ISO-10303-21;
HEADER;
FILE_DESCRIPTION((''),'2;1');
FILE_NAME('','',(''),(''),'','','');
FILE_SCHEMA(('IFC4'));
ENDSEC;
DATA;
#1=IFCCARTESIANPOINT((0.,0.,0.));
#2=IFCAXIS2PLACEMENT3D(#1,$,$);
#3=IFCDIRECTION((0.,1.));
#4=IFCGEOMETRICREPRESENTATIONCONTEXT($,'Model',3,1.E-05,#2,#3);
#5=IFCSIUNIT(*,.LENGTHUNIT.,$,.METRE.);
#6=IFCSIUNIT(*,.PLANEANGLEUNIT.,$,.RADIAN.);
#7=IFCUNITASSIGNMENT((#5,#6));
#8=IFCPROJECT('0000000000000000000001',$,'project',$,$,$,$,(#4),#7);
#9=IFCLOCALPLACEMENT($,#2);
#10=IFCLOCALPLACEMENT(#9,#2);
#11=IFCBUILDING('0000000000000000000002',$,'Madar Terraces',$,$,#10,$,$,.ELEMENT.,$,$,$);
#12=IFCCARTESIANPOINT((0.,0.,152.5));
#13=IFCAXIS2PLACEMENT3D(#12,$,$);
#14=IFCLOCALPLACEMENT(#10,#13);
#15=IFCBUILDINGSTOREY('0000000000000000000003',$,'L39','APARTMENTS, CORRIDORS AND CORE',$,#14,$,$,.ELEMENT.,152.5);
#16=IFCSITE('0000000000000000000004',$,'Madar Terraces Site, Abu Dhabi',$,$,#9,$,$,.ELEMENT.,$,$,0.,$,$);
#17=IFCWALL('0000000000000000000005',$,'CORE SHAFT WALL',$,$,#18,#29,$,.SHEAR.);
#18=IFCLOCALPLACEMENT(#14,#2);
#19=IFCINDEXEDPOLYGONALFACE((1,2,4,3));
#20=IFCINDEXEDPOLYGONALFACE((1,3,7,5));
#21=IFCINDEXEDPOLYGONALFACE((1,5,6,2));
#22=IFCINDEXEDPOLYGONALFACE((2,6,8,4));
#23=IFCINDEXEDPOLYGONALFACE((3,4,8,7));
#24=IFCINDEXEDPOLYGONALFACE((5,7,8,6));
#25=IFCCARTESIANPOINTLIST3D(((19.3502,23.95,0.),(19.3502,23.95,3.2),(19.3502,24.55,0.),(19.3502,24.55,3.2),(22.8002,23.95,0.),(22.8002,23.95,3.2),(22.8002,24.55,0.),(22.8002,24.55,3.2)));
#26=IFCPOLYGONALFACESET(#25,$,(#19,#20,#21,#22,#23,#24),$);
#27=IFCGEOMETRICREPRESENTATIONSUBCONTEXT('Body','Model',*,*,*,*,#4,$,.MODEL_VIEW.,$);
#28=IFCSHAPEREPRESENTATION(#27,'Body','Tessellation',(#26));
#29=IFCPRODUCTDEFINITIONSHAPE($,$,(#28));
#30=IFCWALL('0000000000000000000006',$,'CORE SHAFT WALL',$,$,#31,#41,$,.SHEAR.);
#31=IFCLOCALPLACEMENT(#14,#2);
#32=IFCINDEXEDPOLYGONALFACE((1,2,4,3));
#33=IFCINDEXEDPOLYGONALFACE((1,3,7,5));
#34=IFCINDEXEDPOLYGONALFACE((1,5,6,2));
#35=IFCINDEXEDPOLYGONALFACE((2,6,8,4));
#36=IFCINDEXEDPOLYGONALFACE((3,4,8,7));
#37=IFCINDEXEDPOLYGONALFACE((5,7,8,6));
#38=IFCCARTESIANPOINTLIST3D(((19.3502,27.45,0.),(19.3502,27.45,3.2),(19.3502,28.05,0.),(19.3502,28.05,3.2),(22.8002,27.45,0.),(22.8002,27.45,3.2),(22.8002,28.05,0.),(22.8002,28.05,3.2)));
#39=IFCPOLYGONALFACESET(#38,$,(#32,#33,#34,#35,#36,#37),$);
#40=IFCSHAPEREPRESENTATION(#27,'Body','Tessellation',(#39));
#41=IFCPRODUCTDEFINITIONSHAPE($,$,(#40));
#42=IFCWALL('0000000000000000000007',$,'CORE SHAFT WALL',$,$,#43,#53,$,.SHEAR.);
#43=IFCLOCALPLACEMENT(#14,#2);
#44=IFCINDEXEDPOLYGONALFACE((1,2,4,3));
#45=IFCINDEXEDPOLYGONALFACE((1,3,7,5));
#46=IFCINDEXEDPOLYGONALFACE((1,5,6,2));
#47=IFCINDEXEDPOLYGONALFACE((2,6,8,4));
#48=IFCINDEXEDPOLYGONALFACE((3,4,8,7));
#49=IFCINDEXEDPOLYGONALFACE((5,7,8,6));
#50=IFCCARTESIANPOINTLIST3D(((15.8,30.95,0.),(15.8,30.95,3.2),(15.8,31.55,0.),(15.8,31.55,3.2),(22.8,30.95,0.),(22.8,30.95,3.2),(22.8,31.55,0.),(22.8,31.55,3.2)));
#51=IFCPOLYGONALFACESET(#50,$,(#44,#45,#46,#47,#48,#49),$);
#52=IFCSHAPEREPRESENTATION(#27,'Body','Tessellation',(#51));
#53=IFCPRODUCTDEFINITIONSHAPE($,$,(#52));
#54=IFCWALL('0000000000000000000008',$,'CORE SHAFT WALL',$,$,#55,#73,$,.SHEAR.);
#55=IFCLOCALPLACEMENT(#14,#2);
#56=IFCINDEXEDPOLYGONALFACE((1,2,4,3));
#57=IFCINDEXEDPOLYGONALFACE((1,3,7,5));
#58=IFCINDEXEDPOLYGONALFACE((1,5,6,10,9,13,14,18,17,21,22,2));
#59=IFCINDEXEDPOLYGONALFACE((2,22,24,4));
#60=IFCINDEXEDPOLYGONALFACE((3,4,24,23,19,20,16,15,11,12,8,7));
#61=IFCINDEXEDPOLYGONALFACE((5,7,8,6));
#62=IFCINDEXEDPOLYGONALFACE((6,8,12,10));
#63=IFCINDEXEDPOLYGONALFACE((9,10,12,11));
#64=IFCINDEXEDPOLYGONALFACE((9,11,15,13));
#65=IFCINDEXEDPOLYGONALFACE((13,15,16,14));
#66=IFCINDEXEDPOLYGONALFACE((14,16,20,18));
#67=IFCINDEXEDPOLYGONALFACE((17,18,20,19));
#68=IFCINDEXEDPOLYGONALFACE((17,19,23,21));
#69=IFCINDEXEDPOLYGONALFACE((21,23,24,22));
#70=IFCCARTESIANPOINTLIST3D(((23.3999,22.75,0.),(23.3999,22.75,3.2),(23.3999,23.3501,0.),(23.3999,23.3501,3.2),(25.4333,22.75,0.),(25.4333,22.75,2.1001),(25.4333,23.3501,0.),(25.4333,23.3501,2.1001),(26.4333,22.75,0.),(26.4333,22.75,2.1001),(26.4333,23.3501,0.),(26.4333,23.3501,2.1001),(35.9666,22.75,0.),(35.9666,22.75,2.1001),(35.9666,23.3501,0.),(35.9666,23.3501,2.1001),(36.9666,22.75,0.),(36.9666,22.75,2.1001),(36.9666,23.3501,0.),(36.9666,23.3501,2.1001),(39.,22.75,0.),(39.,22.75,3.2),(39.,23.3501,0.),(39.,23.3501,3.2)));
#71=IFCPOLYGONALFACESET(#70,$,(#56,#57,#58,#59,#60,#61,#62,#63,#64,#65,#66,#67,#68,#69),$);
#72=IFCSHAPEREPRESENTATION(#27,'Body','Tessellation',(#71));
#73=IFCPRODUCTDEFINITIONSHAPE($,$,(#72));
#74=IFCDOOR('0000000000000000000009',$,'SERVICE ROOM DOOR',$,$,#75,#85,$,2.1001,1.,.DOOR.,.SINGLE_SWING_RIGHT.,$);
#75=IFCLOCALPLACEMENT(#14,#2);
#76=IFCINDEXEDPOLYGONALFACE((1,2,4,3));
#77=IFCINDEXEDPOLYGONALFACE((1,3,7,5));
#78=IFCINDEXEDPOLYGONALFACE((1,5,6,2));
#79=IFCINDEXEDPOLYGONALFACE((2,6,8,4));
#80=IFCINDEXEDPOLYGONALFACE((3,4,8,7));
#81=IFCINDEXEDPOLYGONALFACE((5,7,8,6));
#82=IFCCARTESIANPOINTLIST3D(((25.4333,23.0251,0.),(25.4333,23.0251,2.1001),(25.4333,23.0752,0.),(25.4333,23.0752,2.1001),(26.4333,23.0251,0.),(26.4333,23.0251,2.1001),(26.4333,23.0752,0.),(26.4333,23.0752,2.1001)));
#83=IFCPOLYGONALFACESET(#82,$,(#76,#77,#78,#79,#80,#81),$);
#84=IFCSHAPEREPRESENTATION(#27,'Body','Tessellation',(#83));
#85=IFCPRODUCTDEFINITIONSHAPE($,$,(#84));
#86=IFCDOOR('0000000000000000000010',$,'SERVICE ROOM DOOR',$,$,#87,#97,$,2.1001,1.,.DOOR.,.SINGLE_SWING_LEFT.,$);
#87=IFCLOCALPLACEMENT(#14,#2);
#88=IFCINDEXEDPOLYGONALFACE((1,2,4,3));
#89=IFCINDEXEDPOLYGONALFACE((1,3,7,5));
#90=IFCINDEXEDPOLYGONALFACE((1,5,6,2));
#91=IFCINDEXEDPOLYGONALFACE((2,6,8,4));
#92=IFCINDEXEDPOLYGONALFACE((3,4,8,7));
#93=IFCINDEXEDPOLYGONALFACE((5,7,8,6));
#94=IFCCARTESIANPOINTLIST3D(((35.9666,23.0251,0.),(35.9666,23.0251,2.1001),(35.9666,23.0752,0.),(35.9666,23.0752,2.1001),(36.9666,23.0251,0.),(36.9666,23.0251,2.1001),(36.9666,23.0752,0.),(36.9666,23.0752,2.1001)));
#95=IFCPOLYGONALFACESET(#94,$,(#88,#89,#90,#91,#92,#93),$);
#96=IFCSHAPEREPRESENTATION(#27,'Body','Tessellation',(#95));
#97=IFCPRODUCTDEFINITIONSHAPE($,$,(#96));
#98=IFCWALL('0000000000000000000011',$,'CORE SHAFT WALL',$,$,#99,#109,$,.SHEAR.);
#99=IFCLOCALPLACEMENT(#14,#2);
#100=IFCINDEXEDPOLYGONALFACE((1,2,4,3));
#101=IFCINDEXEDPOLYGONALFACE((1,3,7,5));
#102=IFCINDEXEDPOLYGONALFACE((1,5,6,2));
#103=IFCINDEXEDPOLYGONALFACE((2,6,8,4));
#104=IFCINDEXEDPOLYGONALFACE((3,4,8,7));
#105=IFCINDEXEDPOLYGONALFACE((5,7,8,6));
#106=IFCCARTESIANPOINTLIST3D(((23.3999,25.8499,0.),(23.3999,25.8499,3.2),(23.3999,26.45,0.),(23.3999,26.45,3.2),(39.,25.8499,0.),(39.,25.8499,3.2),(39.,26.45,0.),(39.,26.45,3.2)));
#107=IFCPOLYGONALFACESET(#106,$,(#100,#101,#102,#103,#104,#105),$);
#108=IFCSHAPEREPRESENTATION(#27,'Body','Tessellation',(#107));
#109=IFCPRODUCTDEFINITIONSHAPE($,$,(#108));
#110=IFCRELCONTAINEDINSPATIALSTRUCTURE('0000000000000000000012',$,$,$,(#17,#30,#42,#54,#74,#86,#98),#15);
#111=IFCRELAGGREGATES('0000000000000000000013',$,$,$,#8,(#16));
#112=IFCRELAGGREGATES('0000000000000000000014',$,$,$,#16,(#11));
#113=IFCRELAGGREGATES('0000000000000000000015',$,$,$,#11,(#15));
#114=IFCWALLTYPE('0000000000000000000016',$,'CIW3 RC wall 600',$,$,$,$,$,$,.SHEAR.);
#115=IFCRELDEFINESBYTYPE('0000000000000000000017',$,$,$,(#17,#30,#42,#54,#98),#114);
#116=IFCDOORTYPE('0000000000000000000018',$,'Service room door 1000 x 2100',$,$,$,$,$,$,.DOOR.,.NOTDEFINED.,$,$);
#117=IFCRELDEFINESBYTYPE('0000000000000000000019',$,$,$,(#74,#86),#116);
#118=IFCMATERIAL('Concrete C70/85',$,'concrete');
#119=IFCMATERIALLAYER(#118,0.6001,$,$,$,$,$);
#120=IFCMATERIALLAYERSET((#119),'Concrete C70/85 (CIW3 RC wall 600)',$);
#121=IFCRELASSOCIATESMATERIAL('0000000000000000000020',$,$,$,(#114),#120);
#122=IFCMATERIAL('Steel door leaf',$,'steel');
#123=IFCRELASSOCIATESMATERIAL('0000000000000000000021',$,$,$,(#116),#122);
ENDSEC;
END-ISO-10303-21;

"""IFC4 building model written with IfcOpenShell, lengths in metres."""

from ifc_helpers import new_model, si_unit, direction, frame, frame_2d, origin, place, context, subcontext, project, spatial, rectangle, extrude, material, layer, layer_set, type_object, element, fill, save


model = new_model("IFC4")

# Units and contexts
model_context = context("Model", 3, precision=1e-05, world=origin(), true_north=direction((0.0, 1.0)))
body_context = subcontext(model_context, "Body", "Model", "MODEL_VIEW")
ifc_project = project(units=[si_unit("LENGTHUNIT", "METRE"), si_unit("PLANEANGLEUNIT", "RADIAN")], contexts=[model_context])

# Site, building, storey
site_placement = place(None, origin())
site = spatial("IfcSite", under=ifc_project, at=site_placement, Name="Madar Terraces Site, Abu Dhabi", CompositionType="ELEMENT", RefElevation=0.0)
building_placement = place(site_placement, origin())
building = spatial("IfcBuilding", under=site, at=building_placement, Name="Madar Terraces", CompositionType="ELEMENT")
storey_placement = place(building_placement, frame((0.0, 0.0, 152.5)))
storey = spatial("IfcBuildingStorey", under=building, at=storey_placement, Name="L39", Description="APARTMENTS, CORRIDORS AND CORE", CompositionType="ELEMENT", Elevation=152.5)

# Walls
ifc_material_1 = material(Name="Concrete C70/85", Category="concrete")
ifc_layer_1 = layer(ifc_material_1, 0.6001)
ifc_layer_set_1 = layer_set([ifc_layer_1], Name="Concrete C70/85 (CIW3 RC wall 600)")
wall_type_1 = type_object("IfcWallType", Name="CIW3 RC wall 600", PredefinedType="SHEAR", material=ifc_layer_set_1)
for number, where, z_axis, x_axis, name in (
    (1, (19.3501, 24.25, 0.0), (0.0, 0.0, 1.0), (1.0, 0.0, 0.0), "CORE SHAFT WALL"),
    (2, (19.3501, 27.75, 0.0), (0.0, 0.0, 1.0), (1.0, 0.0, 0.0), "CORE SHAFT WALL"),
):
    element("IfcWall", number, at=place(storey_placement, frame(where, z_axis=z_axis, x_axis=x_axis)), inside=storey, type_object=wall_type_1, Name=name, PredefinedType="SHEAR", context=body_context, shape_type="SweptSolid", body=[
        extrude(rectangle(XDim=3.45, YDim=0.6001, at=frame_2d((1.7251, 0.0))), origin(), (0.0, 0.0, 1.0), 3.2),
    ])
wall_1_placement = place(storey_placement, frame((15.8, 31.25, 0.0), z_axis=(0.0, 0.0, 1.0), x_axis=(1.0, 0.0, 0.0)))
element("IfcWall", 3, at=wall_1_placement, inside=storey, type_object=wall_type_1, Name="CORE SHAFT WALL", PredefinedType="SHEAR", context=body_context, shape_type="SweptSolid", body=[
    extrude(rectangle(XDim=7.0, YDim=0.6001, at=frame_2d((3.5, 0.0))), origin(), (0.0, 0.0, 1.0), 3.2),
])

# Wall, openings, doors
wall_2_placement = place(storey_placement, frame((23.3999, 23.05, 0.0), z_axis=(0.0, 0.0, 1.0), x_axis=(1.0, 0.0, 0.0)))
wall_2 = element("IfcWall", 4, at=wall_2_placement, inside=storey, type_object=wall_type_1, Name="CORE SHAFT WALL", PredefinedType="SHEAR", context=body_context, shape_type="SweptSolid", body=[
    extrude(rectangle(XDim=15.6001, YDim=0.6001, at=frame_2d((7.8, 0.0))), origin(), (0.0, 0.0, 1.0), 3.2),
])
opening_1_placement = place(wall_2_placement, frame((2.0334, 0.0, 0.0)))
opening_1 = element("IfcOpeningElement", 5, at=opening_1_placement, cuts=wall_2, PredefinedType="OPENING", context=body_context, shape_type="SweptSolid", body=[
    extrude(rectangle(XDim=1.0, YDim=2.1001, at=frame_2d((0.5, 1.05))), frame((0.0, 0.3101, 0.0), z_axis=(0.0, -1.0, 0.0), x_axis=(1.0, 0.0, 0.0)), (0.0, 0.0, 1.0), 0.6201),
])
opening_2_placement = place(wall_2_placement, frame((12.5667, 0.0, 0.0)))
opening_2 = element("IfcOpeningElement", 6, at=opening_2_placement, cuts=wall_2, PredefinedType="OPENING", context=body_context, shape_type="SweptSolid", body=[
    extrude(rectangle(XDim=1.0, YDim=2.1001, at=frame_2d((0.5, 1.05))), frame((0.0, 0.3101, 0.0), z_axis=(0.0, -1.0, 0.0), x_axis=(1.0, 0.0, 0.0)), (0.0, 0.0, 1.0), 0.6201),
])
ifc_material_2 = material(Name="Steel door leaf", Category="steel")
door_type_1 = type_object("IfcDoorType", Name="Service room door 1000 x 2100", OperationType="NOTDEFINED", PredefinedType="DOOR", material=ifc_material_2)
door_1_placement = place(opening_1_placement, frame((1.0, 0.0, 0.0), z_axis=(0.0, 0.0, 1.0), x_axis=(-1.0, 0.0, 0.0)))
door_1 = element("IfcDoor", 7, at=door_1_placement, inside=storey, type_object=door_type_1, Name="SERVICE ROOM DOOR", OperationType="SINGLE_SWING_RIGHT", OverallHeight=2.1001, OverallWidth=1.0, PredefinedType="DOOR", context=body_context, shape_type="SweptSolid", body=[
    extrude(rectangle(XDim=1.0, YDim=2.1001, at=frame_2d((0.5, 1.05))), frame((0.0, 0.0249, 0.0), z_axis=(0.0, -1.0, 0.0), x_axis=(1.0, 0.0, 0.0)), (0.0, 0.0, 1.0), 0.05),
])
fill(opening_1, door_1)
door_2_placement = place(opening_2_placement, frame((1.0, 0.0, 0.0), z_axis=(0.0, 0.0, 1.0), x_axis=(-1.0, 0.0, 0.0)))
door_2 = element("IfcDoor", 8, at=door_2_placement, inside=storey, type_object=door_type_1, Name="SERVICE ROOM DOOR", OperationType="SINGLE_SWING_LEFT", OverallHeight=2.1001, OverallWidth=1.0, PredefinedType="DOOR", context=body_context, shape_type="SweptSolid", body=[
    extrude(rectangle(XDim=1.0, YDim=2.1001, at=frame_2d((0.5, 1.05))), frame((0.0, 0.0249, 0.0), z_axis=(0.0, -1.0, 0.0), x_axis=(1.0, 0.0, 0.0)), (0.0, 0.0, 1.0), 0.05),
])
fill(opening_2, door_2)

# Wall
wall_3_placement = place(storey_placement, frame((23.3999, 26.1499, 0.0), z_axis=(0.0, 0.0, 1.0), x_axis=(1.0, 0.0, 0.0)))
element("IfcWall", 9, at=wall_3_placement, inside=storey, type_object=wall_type_1, Name="CORE SHAFT WALL", PredefinedType="SHEAR", context=body_context, shape_type="SweptSolid", body=[
    extrude(rectangle(XDim=15.6001, YDim=0.6001, at=frame_2d((7.8, 0.0))), origin(), (0.0, 0.0, 1.0), 3.2),
])

save(model, "model.ifc")
